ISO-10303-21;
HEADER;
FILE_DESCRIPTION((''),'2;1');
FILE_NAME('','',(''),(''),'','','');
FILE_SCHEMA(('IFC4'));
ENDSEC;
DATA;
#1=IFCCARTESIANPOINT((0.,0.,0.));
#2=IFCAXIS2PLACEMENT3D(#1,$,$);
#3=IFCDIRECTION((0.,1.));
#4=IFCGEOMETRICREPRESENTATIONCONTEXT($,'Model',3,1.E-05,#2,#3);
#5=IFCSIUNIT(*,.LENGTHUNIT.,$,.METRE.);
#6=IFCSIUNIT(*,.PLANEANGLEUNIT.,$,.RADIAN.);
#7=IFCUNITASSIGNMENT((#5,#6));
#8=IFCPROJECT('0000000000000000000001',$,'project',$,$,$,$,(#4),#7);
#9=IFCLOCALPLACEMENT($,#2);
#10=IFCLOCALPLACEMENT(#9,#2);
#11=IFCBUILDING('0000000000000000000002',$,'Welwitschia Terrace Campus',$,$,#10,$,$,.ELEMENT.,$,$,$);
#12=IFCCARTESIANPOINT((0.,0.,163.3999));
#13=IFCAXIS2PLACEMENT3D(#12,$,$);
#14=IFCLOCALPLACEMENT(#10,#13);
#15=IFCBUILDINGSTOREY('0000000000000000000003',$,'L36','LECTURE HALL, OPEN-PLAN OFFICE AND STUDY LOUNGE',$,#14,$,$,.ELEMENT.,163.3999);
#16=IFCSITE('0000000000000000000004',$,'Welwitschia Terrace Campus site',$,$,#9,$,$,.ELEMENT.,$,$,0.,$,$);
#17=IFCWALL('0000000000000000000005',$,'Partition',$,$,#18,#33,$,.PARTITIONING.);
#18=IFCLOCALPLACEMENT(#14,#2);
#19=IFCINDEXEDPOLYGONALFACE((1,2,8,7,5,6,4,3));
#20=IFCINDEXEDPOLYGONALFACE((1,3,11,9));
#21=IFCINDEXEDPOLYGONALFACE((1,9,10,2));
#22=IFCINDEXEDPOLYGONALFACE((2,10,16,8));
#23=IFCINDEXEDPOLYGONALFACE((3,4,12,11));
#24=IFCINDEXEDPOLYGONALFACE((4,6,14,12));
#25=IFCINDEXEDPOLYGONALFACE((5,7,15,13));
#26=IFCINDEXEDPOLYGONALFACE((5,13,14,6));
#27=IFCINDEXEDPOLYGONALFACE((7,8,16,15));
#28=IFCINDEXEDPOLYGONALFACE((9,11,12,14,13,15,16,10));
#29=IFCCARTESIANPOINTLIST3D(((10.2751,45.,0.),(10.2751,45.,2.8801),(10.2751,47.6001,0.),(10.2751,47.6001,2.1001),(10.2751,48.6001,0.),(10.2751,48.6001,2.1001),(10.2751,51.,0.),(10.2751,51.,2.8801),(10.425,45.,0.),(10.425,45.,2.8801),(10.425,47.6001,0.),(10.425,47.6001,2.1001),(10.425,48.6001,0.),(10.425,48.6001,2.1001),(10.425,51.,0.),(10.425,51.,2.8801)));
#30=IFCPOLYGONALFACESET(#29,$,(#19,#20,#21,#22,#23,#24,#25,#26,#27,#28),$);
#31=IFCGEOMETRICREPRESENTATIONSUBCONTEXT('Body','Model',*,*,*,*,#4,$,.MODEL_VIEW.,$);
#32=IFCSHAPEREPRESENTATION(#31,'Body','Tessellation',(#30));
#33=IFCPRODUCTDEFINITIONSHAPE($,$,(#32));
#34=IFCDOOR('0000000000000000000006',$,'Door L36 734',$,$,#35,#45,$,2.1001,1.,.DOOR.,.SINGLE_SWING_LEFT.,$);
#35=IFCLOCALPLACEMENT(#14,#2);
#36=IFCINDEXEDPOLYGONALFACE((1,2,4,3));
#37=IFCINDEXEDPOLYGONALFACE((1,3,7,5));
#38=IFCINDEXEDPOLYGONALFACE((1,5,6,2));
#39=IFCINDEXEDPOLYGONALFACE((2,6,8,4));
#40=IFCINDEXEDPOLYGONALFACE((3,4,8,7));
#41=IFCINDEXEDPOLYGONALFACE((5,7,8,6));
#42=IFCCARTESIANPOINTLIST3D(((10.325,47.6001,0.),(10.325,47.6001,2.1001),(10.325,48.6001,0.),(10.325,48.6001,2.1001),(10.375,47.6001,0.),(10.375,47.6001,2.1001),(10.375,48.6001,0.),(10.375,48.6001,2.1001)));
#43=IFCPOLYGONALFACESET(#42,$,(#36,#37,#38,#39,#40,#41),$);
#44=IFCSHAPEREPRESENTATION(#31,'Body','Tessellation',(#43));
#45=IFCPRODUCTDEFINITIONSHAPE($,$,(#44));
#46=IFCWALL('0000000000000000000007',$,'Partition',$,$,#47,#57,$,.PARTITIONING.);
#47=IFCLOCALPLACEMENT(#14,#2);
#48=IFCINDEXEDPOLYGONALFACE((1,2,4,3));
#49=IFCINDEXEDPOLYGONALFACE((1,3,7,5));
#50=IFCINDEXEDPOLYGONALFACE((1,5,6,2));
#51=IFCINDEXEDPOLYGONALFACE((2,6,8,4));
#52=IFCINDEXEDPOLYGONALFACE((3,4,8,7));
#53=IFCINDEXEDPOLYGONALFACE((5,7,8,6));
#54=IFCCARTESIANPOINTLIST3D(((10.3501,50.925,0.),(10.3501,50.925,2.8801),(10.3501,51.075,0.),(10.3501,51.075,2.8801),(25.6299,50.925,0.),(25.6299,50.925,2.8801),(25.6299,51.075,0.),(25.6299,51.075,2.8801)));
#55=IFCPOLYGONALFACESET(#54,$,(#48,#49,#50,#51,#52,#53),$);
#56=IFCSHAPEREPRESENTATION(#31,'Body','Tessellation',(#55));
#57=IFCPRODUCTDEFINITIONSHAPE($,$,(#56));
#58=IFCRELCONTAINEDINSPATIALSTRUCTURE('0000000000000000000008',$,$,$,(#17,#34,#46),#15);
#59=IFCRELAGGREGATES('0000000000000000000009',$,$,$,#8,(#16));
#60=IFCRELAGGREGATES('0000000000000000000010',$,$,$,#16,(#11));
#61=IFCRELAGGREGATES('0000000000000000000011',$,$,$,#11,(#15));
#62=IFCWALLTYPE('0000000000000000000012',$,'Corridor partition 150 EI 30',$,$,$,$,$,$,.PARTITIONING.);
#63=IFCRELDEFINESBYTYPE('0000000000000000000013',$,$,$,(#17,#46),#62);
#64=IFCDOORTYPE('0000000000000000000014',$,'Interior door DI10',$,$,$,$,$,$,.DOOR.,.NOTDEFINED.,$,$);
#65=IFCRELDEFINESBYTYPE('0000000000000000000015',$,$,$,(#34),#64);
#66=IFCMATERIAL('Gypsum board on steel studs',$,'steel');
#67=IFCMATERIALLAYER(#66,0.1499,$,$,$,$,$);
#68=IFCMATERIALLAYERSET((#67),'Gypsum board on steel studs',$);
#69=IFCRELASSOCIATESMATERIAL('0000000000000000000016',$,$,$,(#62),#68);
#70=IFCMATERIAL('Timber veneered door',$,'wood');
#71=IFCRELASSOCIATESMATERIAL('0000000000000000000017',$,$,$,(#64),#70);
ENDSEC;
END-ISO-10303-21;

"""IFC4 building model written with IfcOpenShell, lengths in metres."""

from ifc_helpers import new_model, si_unit, direction, frame, frame_2d, origin, place, context, subcontext, project, spatial, rectangle, extrude, material, layer, layer_set, type_object, element, fill, save


model = new_model("IFC4")

# Units and contexts
model_context = context("Model", 3, precision=1e-05, world=origin(), true_north=direction((0.0, 1.0)))
body_context = subcontext(model_context, "Body", "Model", "MODEL_VIEW")
ifc_project = project(units=[si_unit("LENGTHUNIT", "METRE"), si_unit("PLANEANGLEUNIT", "RADIAN")], contexts=[model_context])

# Site, building, storey
site_placement = place(None, origin())
site = spatial("IfcSite", under=ifc_project, at=site_placement, Name="Welwitschia Terrace Campus site", CompositionType="ELEMENT", RefElevation=0.0)
building_placement = place(site_placement, origin())
building = spatial("IfcBuilding", under=site, at=building_placement, Name="Welwitschia Terrace Campus", CompositionType="ELEMENT")
storey_placement = place(building_placement, frame((0.0, 0.0, 163.3999)))
storey = spatial("IfcBuildingStorey", under=building, at=storey_placement, Name="L36", Description="LECTURE HALL, OPEN-PLAN OFFICE AND STUDY LOUNGE", CompositionType="ELEMENT", Elevation=163.3999)

# Shared definitions
ifc_material_1 = material(Name="Gypsum board on steel studs", Category="steel")
ifc_layer_1 = layer(ifc_material_1, 0.1499)
ifc_layer_set_1 = layer_set([ifc_layer_1], Name="Gypsum board on steel studs")
wall_type = type_object("IfcWallType", Name="Corridor partition 150 EI 30", PredefinedType="PARTITIONING", material=ifc_layer_set_1)
ifc_material_2 = material(Name="Timber veneered door", Category="wood")
door_type = type_object("IfcDoorType", Name="Interior door DI10", OperationType="NOTDEFINED", PredefinedType="DOOR", material=ifc_material_2)

# Wall, opening, door
wall_1_placement = place(storey_placement, frame((10.3501, 51.0, 0.0), z_axis=(0.0, 0.0, 1.0), x_axis=(0.0, -1.0, 0.0)))
wall_1 = element("IfcWall", 1, at=wall_1_placement, inside=storey, type_object=wall_type, Name="Partition", PredefinedType="PARTITIONING", context=body_context, shape_type="SweptSolid", body=[
    extrude(rectangle(XDim=6.0, YDim=0.1499, at=frame_2d((3.0, 0.0))), origin(), (0.0, 0.0, 1.0), 2.8801),
])
opening_1_placement = place(wall_1_placement, frame((2.3999, 0.0, 0.0)))
opening_1 = element("IfcOpeningElement", 2, at=opening_1_placement, cuts=wall_1, PredefinedType="OPENING", context=body_context, shape_type="SweptSolid", body=[
    extrude(rectangle(XDim=1.0, YDim=2.1001, at=frame_2d((0.5, 1.05))), frame((0.0, 0.085, 0.0), z_axis=(0.0, -1.0, 0.0), x_axis=(1.0, 0.0, 0.0)), (0.0, 0.0, 1.0), 0.1699),
])
door_1_placement = place(opening_1_placement, origin())
door_1 = element("IfcDoor", 3, at=door_1_placement, inside=storey, type_object=door_type, Name="Door L36 734", OperationType="SINGLE_SWING_LEFT", OverallHeight=2.1001, OverallWidth=1.0, PredefinedType="DOOR", context=body_context, shape_type="SweptSolid", body=[
    extrude(rectangle(XDim=1.0, YDim=2.1001, at=frame_2d((0.5, 1.05))), frame((0.0, 0.0249, 0.0), z_axis=(0.0, -1.0, 0.0), x_axis=(1.0, 0.0, 0.0)), (0.0, 0.0, 1.0), 0.05),
])
fill(opening_1, door_1)

# Wall
wall_2_placement = place(storey_placement, frame((10.3501, 51.0, 0.0), z_axis=(0.0, 0.0, 1.0), x_axis=(1.0, 0.0, 0.0)))
element("IfcWall", 4, at=wall_2_placement, inside=storey, type_object=wall_type, Name="Partition", PredefinedType="PARTITIONING", context=body_context, shape_type="SweptSolid", body=[
    extrude(rectangle(XDim=15.2798, YDim=0.1499, at=frame_2d((7.6399, 0.0))), origin(), (0.0, 0.0, 1.0), 2.8801),
])

save(model, "model.ifc")
